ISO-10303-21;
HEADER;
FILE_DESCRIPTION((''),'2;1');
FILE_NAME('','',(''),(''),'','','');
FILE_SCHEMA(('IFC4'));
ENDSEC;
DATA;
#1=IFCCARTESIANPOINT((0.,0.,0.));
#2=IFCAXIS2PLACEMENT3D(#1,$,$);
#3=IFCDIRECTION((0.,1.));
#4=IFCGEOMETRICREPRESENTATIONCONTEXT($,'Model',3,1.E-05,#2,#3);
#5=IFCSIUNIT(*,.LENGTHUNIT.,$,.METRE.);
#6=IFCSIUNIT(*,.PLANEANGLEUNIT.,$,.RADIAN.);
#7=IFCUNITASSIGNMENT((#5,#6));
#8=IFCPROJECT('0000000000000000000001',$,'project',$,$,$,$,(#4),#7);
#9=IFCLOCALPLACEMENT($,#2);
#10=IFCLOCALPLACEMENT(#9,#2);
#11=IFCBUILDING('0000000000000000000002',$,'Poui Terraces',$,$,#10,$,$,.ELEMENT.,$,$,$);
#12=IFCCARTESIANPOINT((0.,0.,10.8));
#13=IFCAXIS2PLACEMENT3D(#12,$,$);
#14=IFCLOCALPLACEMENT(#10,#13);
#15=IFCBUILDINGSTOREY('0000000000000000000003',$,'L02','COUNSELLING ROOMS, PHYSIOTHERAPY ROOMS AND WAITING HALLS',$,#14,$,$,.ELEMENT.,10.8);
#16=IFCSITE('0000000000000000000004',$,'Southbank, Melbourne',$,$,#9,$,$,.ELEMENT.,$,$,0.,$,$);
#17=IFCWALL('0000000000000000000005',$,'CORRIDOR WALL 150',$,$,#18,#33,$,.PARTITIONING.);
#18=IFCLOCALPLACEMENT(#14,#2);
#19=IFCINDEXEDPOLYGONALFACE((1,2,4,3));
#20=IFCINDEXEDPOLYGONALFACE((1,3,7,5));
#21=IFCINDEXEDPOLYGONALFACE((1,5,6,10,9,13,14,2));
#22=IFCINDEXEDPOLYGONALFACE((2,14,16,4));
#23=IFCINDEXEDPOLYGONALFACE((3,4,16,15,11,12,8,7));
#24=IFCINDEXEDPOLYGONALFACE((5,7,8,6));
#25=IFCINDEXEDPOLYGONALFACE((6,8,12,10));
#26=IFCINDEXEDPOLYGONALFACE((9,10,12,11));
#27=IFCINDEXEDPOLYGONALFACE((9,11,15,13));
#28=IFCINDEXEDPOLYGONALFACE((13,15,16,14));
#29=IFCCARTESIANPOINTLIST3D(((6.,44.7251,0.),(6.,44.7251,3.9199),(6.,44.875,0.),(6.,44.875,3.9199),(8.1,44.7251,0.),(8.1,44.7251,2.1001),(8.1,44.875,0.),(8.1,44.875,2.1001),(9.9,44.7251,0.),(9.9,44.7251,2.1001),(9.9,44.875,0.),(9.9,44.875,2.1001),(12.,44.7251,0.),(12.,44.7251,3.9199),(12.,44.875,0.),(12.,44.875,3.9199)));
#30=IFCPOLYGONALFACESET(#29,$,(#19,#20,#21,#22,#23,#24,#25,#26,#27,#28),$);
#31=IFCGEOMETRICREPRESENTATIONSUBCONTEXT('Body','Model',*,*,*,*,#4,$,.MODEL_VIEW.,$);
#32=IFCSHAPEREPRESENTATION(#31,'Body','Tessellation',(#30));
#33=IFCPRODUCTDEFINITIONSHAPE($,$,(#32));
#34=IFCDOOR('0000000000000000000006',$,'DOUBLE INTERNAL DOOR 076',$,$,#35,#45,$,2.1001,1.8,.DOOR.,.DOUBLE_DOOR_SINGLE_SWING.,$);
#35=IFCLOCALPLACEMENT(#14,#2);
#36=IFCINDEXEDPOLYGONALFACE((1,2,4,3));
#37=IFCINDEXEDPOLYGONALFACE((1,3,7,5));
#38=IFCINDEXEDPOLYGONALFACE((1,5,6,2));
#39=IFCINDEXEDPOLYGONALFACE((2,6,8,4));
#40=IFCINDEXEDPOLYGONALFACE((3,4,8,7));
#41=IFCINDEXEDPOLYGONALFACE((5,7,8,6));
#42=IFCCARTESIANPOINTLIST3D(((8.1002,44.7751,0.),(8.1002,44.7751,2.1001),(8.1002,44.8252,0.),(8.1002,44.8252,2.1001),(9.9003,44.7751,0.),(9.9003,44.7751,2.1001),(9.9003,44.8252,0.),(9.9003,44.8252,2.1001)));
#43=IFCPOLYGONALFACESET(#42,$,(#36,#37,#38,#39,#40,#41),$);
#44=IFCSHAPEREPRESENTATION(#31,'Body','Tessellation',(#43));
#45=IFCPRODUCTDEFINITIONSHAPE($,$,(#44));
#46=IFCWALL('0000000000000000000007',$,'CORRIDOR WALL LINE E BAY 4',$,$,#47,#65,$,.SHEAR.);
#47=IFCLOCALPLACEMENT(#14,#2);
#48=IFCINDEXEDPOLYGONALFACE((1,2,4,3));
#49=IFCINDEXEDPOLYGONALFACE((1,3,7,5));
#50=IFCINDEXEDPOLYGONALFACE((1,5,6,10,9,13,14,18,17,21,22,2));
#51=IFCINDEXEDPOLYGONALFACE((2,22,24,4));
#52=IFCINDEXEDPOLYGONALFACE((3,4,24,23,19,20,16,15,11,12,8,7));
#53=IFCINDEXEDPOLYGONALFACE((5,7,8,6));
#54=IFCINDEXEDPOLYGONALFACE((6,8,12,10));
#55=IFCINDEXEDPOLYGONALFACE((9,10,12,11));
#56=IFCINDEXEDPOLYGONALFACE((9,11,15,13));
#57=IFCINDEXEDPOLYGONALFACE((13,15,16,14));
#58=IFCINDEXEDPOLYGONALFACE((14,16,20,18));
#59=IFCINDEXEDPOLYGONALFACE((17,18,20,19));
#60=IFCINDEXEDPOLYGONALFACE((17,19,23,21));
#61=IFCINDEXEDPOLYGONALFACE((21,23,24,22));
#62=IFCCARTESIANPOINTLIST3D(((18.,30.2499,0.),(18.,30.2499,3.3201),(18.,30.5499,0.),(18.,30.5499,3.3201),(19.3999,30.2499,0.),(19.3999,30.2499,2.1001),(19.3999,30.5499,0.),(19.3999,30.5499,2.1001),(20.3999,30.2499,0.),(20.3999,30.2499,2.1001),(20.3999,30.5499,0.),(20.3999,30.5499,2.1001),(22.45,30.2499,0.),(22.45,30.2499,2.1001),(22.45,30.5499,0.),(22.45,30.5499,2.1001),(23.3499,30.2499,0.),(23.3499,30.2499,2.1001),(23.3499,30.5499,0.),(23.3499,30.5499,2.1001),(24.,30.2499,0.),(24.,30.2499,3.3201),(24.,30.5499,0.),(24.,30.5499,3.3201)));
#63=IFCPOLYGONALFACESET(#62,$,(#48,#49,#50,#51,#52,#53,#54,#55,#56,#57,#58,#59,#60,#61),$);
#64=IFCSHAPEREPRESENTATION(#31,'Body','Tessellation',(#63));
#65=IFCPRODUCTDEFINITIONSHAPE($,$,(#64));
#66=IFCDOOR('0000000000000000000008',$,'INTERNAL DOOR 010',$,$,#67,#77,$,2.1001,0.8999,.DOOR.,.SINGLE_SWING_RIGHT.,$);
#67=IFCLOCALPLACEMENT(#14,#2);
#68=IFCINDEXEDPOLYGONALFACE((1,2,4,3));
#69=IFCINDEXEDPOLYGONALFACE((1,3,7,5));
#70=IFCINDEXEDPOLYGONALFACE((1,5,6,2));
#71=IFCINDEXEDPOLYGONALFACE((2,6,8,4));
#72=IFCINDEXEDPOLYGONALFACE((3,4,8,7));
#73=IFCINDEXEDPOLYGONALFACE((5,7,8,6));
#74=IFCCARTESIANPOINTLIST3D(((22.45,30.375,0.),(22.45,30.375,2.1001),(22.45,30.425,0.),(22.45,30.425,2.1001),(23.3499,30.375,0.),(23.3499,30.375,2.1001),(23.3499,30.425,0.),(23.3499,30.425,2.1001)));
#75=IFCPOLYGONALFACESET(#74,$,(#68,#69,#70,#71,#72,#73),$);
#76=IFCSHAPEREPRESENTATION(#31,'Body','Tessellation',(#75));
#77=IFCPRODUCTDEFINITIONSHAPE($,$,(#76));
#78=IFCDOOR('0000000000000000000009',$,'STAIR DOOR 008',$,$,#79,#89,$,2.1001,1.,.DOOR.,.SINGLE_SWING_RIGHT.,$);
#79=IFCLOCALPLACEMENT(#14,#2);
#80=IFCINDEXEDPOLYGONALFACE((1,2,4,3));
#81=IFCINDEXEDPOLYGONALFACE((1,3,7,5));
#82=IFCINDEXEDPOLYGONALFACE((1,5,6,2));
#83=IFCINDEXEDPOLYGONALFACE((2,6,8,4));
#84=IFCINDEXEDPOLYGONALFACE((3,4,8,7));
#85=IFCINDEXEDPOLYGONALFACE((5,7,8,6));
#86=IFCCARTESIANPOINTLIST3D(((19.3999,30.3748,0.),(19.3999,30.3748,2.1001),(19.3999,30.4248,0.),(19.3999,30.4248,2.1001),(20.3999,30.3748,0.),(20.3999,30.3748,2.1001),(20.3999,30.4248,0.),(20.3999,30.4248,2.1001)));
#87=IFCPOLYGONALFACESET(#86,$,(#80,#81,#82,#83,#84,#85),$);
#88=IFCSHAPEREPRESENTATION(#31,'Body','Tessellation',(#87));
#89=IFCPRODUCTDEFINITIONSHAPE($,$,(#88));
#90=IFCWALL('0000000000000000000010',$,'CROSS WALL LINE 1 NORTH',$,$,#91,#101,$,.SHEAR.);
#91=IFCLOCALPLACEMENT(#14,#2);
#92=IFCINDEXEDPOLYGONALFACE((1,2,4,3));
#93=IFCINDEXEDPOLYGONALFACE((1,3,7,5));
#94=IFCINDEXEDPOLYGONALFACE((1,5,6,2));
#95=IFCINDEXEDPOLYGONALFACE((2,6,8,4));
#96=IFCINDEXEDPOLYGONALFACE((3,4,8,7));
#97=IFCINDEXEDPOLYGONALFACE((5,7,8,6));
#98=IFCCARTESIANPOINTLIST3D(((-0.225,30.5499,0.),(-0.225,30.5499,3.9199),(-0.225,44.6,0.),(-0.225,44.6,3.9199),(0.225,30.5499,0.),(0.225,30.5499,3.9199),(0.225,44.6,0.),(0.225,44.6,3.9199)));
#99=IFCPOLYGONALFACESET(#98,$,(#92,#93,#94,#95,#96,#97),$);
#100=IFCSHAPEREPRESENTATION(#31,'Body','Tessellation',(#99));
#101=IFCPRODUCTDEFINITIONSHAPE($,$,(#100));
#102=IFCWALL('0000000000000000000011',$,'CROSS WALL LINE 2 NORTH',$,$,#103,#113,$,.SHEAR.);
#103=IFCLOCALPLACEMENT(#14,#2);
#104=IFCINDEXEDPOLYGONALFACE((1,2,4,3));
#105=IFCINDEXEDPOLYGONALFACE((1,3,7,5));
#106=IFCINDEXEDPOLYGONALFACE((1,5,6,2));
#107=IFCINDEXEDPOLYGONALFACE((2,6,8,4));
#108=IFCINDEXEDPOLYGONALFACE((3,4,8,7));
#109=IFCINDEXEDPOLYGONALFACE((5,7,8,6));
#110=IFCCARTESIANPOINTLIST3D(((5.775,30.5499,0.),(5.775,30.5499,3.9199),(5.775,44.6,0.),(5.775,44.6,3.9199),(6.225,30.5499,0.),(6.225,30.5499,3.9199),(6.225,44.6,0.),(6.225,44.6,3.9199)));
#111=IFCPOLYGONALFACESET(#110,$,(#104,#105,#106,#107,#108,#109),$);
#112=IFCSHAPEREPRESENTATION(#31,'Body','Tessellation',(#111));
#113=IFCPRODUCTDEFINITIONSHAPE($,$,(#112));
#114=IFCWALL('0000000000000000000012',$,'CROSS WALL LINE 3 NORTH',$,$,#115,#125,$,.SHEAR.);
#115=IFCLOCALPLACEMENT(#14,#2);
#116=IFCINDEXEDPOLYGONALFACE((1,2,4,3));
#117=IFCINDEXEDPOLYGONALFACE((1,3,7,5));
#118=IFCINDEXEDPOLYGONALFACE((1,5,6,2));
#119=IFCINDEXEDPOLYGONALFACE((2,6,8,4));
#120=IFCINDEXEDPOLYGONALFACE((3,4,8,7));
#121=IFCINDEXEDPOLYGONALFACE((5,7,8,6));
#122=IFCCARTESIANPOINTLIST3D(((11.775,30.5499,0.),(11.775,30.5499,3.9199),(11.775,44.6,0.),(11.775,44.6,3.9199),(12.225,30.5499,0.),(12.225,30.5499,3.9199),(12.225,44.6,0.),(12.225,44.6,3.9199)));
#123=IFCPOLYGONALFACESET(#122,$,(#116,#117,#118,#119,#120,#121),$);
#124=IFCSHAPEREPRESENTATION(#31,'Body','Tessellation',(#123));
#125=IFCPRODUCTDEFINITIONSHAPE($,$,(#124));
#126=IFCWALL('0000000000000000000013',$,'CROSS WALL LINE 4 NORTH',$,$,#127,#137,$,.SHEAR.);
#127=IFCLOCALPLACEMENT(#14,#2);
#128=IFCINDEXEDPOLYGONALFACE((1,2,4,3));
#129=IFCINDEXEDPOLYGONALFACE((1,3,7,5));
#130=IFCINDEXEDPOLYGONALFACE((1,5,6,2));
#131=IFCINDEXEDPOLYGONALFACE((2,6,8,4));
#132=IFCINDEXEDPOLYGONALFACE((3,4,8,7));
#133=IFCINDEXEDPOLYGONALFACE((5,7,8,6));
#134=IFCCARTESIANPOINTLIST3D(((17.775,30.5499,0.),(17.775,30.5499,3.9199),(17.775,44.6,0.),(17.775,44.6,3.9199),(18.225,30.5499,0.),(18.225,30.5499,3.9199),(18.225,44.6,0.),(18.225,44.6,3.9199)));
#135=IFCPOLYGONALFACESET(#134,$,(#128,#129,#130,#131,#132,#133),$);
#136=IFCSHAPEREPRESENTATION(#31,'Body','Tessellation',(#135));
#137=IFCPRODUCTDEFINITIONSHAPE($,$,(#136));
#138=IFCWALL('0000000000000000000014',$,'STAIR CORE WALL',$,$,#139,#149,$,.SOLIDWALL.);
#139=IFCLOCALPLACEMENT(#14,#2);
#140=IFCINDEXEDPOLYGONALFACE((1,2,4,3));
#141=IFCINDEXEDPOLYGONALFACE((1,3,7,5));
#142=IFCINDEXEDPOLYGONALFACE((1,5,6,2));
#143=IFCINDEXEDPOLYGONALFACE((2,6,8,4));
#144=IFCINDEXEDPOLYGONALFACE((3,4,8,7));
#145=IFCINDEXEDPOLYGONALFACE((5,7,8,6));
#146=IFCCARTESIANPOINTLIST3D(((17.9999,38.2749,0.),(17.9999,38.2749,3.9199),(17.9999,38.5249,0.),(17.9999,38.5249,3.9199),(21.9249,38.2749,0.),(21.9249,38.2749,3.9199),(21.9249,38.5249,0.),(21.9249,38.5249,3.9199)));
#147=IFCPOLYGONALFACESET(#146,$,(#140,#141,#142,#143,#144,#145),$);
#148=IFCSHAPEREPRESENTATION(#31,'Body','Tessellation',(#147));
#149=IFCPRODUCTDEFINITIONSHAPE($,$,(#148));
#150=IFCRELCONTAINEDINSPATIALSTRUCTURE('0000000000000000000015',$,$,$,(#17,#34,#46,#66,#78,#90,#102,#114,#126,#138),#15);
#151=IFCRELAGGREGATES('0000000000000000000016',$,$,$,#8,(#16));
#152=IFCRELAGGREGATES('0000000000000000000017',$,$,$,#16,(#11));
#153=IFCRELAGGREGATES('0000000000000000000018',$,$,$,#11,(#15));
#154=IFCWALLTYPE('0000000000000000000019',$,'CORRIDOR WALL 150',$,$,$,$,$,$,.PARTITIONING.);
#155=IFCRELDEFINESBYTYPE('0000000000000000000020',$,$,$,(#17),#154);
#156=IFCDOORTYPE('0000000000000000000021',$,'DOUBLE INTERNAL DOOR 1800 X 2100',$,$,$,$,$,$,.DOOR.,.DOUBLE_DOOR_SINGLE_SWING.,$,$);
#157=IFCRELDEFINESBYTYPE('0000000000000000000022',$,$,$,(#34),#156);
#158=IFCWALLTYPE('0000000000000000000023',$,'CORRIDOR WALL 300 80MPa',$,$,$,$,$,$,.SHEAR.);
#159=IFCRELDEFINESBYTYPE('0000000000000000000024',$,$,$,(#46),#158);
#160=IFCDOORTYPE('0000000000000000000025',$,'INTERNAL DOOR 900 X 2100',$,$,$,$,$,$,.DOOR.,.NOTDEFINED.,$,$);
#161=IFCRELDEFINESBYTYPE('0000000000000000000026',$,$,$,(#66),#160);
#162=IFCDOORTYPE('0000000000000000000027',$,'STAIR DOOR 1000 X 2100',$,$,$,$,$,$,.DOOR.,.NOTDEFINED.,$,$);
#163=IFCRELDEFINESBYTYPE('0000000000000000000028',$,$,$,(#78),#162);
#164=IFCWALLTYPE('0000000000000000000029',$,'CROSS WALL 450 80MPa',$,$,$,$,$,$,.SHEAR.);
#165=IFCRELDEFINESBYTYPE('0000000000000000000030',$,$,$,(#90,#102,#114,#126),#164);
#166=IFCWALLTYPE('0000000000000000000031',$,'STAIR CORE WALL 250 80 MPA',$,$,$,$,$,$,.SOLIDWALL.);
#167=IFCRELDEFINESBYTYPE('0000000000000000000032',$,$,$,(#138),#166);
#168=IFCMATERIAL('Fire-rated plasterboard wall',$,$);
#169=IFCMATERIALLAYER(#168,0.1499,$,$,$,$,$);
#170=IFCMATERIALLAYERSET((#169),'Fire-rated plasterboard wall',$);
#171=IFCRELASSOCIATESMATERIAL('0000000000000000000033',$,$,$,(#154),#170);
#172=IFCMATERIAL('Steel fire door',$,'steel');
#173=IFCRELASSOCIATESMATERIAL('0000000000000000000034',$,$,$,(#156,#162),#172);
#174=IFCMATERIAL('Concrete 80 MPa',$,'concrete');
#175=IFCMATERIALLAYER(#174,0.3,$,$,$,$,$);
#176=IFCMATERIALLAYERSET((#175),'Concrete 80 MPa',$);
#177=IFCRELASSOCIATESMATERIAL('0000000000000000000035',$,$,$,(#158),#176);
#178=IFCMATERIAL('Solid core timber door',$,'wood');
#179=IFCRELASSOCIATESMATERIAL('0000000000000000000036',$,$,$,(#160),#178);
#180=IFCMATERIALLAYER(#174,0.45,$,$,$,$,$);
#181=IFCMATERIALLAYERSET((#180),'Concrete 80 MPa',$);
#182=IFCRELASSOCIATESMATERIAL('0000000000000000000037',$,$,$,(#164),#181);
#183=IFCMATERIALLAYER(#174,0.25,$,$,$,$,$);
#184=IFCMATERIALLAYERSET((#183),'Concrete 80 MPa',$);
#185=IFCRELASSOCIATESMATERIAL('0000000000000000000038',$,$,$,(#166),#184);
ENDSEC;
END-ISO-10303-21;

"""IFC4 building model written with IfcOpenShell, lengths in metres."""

from ifc_helpers import new_model, si_unit, direction, frame, frame_2d, origin, place, context, subcontext, project, spatial, rectangle, extrude, material, layer, layer_set, type_object, element, fill, save


model = new_model("IFC4")

# Units and contexts
model_context = context("Model", 3, precision=1e-05, world=origin(), true_north=direction((0.0, 1.0)))
body_context = subcontext(model_context, "Body", "Model", "MODEL_VIEW")
ifc_project = project(units=[si_unit("LENGTHUNIT", "METRE"), si_unit("PLANEANGLEUNIT", "RADIAN")], contexts=[model_context])

# Site, building, storey
site_placement = place(None, origin())
site = spatial("IfcSite", under=ifc_project, at=site_placement, Name="Southbank, Melbourne", CompositionType="ELEMENT", RefElevation=0.0)
building_placement = place(site_placement, origin())
building = spatial("IfcBuilding", under=site, at=building_placement, Name="Poui Terraces", CompositionType="ELEMENT")
storey_placement = place(building_placement, frame((0.0, 0.0, 10.8)))
storey = spatial("IfcBuildingStorey", under=building, at=storey_placement, Name="L02", Description="COUNSELLING ROOMS, PHYSIOTHERAPY ROOMS AND WAITING HALLS", CompositionType="ELEMENT", Elevation=10.8)

# Shared definitions
ifc_material_1 = material(Name="Concrete 80 MPa", Category="concrete")

# Shared definitions
ifc_material_2 = material(Name="Fire-rated plasterboard wall")
ifc_layer_1 = layer(ifc_material_2, 0.1499)
ifc_layer_set_1 = layer_set([ifc_layer_1], Name="Fire-rated plasterboard wall")
wall_type_1 = type_object("IfcWallType", Name="CORRIDOR WALL 150", PredefinedType="PARTITIONING", material=ifc_layer_set_1)
ifc_material_3 = material(Name="Solid core timber door", Category="wood")

# Wall, opening, door
wall_1_placement = place(storey_placement, frame((6.0, 44.8, 0.0), z_axis=(0.0, 0.0, 1.0), x_axis=(1.0, 0.0, 0.0)))
wall_1 = element("IfcWall", 1, at=wall_1_placement, inside=storey, type_object=wall_type_1, Name="CORRIDOR WALL 150", PredefinedType="PARTITIONING", context=body_context, shape_type="SweptSolid", body=[
    extrude(rectangle(XDim=6.0, YDim=0.1499, at=frame_2d((3.0, 0.0))), origin(), (0.0, 0.0, 1.0), 3.9199),
])
opening_1_placement = place(wall_1_placement, frame((2.1001, 0.0, 0.0)))
opening_1 = element("IfcOpeningElement", 2, at=opening_1_placement, cuts=wall_1, PredefinedType="OPENING", context=body_context, shape_type="SweptSolid", body=[
    extrude(rectangle(XDim=1.8, YDim=2.1001, at=frame_2d((0.8999, 1.05))), frame((0.0, 0.085, 0.0), z_axis=(0.0, -1.0, 0.0), x_axis=(1.0, 0.0, 0.0)), (0.0, 0.0, 1.0), 0.1699),
])
ifc_material_4 = material(Name="Steel fire door", Category="steel")
door_type_1 = type_object("IfcDoorType", Name="DOUBLE INTERNAL DOOR 1800 X 2100", OperationType="DOUBLE_DOOR_SINGLE_SWING", PredefinedType="DOOR", material=ifc_material_4)
door_1_placement = place(opening_1_placement, frame((1.8, 0.0, 0.0), z_axis=(0.0, 0.0, 1.0), x_axis=(-1.0, 0.0, 0.0)))
door_1 = element("IfcDoor", 3, at=door_1_placement, inside=storey, type_object=door_type_1, Name="DOUBLE INTERNAL DOOR 076", OperationType="DOUBLE_DOOR_SINGLE_SWING", OverallHeight=2.1001, OverallWidth=1.8, PredefinedType="DOOR", context=body_context, shape_type="SweptSolid", body=[
    extrude(rectangle(XDim=1.8, YDim=2.1001, at=frame_2d((0.8999, 1.05))), frame((0.0, 0.0249, 0.0), z_axis=(0.0, -1.0, 0.0), x_axis=(1.0, 0.0, 0.0)), (0.0, 0.0, 1.0), 0.05),
])
fill(opening_1, door_1)

# Wall, openings, doors
ifc_layer_2 = layer(ifc_material_1, 0.3)
ifc_layer_set_2 = layer_set([ifc_layer_2], Name="Concrete 80 MPa")
wall_type_2 = type_object("IfcWallType", Name="CORRIDOR WALL 300 80MPa", PredefinedType="SHEAR", material=ifc_layer_set_2)
wall_2_placement = place(storey_placement, frame((18.0, 30.3999, 0.0), z_axis=(0.0, 0.0, 1.0), x_axis=(1.0, 0.0, 0.0)))
wall_2 = element("IfcWall", 4, at=wall_2_placement, inside=storey, type_object=wall_type_2, Name="CORRIDOR WALL LINE E BAY 4", PredefinedType="SHEAR", context=body_context, shape_type="SweptSolid", body=[
    extrude(rectangle(XDim=6.0, YDim=0.3, at=frame_2d((3.0, 0.0))), origin(), (0.0, 0.0, 1.0), 3.3201),
])
opening_2_placement = place(wall_2_placement, frame((1.3999, 0.0, 0.0)))
opening_2 = element("IfcOpeningElement", 5, at=opening_2_placement, cuts=wall_2, PredefinedType="OPENING", context=body_context, shape_type="SweptSolid", body=[
    extrude(rectangle(XDim=1.0, YDim=2.1001, at=frame_2d((0.5, 1.05))), frame((0.0, 0.1602, 0.0), z_axis=(0.0, -1.0, 0.0), x_axis=(1.0, 0.0, 0.0)), (0.0, 0.0, 1.0), 0.3201),
])
opening_3_placement = place(wall_2_placement, frame((4.45, 0.0, 0.0)))
opening_3 = element("IfcOpeningElement", 6, at=opening_3_placement, cuts=wall_2, PredefinedType="OPENING", context=body_context, shape_type="SweptSolid", body=[
    extrude(rectangle(XDim=0.8999, YDim=2.1001, at=frame_2d((0.45, 1.05))), frame((0.0, 0.1602, 0.0), z_axis=(0.0, -1.0, 0.0), x_axis=(1.0, 0.0, 0.0)), (0.0, 0.0, 1.0), 0.3201),
])
door_type_2 = type_object("IfcDoorType", Name="INTERNAL DOOR 900 X 2100", OperationType="NOTDEFINED", PredefinedType="DOOR", material=ifc_material_3)
door_2_placement = place(opening_3_placement, frame((0.8999, 0.0, 0.0), z_axis=(0.0, 0.0, 1.0), x_axis=(-1.0, 0.0, 0.0)))
door_2 = element("IfcDoor", 7, at=door_2_placement, inside=storey, type_object=door_type_2, Name="INTERNAL DOOR 010", OperationType="SINGLE_SWING_RIGHT", OverallHeight=2.1001, OverallWidth=0.8999, PredefinedType="DOOR", context=body_context, shape_type="SweptSolid", body=[
    extrude(rectangle(XDim=0.8999, YDim=2.1001, at=frame_2d((0.45, 1.05))), frame((0.0, 0.0249, 0.0), z_axis=(0.0, -1.0, 0.0), x_axis=(1.0, 0.0, 0.0)), (0.0, 0.0, 1.0), 0.05),
])
fill(opening_3, door_2)
door_type_3 = type_object("IfcDoorType", Name="STAIR DOOR 1000 X 2100", OperationType="NOTDEFINED", PredefinedType="DOOR", material=ifc_material_4)
door_3_placement = place(opening_2_placement, origin())
door_3 = element("IfcDoor", 8, at=door_3_placement, inside=storey, type_object=door_type_3, Name="STAIR DOOR 008", OperationType="SINGLE_SWING_RIGHT", OverallHeight=2.1001, OverallWidth=1.0, PredefinedType="DOOR", context=body_context, shape_type="SweptSolid", body=[
    extrude(rectangle(XDim=1.0, YDim=2.1001, at=frame_2d((0.5, 1.05))), frame((0.0, 0.0249, 0.0), z_axis=(0.0, -1.0, 0.0), x_axis=(1.0, 0.0, 0.0)), (0.0, 0.0, 1.0), 0.05),
])
fill(opening_2, door_3)

# Walls
ifc_layer_3 = layer(ifc_material_1, 0.45)
ifc_layer_set_3 = layer_set([ifc_layer_3], Name="Concrete 80 MPa")
wall_type_3 = type_object("IfcWallType", Name="CROSS WALL 450 80MPa", PredefinedType="SHEAR", material=ifc_layer_set_3)
for number, where, z_axis, x_axis, name in (
    (9, (0.0, 30.55, 0.0), (0.0, 0.0, 1.0), (0.0, 1.0, 0.0), "CROSS WALL LINE 1 NORTH"),
    (10, (6.0, 30.55, 0.0), (0.0, 0.0, 1.0), (0.0, 1.0, 0.0), "CROSS WALL LINE 2 NORTH"),
    (11, (12.0, 30.55, 0.0), (0.0, 0.0, 1.0), (0.0, 1.0, 0.0), "CROSS WALL LINE 3 NORTH"),
    (12, (18.0, 30.55, 0.0), (0.0, 0.0, 1.0), (0.0, 1.0, 0.0), "CROSS WALL LINE 4 NORTH"),
):
    element("IfcWall", number, at=place(storey_placement, frame(where, z_axis=z_axis, x_axis=x_axis)), inside=storey, type_object=wall_type_3, Name=name, PredefinedType="SHEAR", context=body_context, shape_type="SweptSolid", body=[
        extrude(rectangle(XDim=14.05, YDim=0.45, at=frame_2d((7.0249, 0.0))), origin(), (0.0, 0.0, 1.0), 3.9199),
    ])
ifc_layer_4 = layer(ifc_material_1, 0.25)
ifc_layer_set_4 = layer_set([ifc_layer_4], Name="Concrete 80 MPa")
wall_type_4 = type_object("IfcWallType", Name="STAIR CORE WALL 250 80 MPA", PredefinedType="SOLIDWALL", material=ifc_layer_set_4)
wall_3_placement = place(storey_placement, frame((18.0, 38.3999, 0.0), z_axis=(0.0, 0.0, 1.0), x_axis=(1.0, 0.0, 0.0)))
element("IfcWall", 13, at=wall_3_placement, inside=storey, type_object=wall_type_4, Name="STAIR CORE WALL", PredefinedType="SOLIDWALL", context=body_context, shape_type="SweptSolid", body=[
    extrude(rectangle(XDim=3.925, YDim=0.25, at=frame_2d((1.9624, 0.0))), origin(), (0.0, 0.0, 1.0), 3.9199),
])

save(model, "model.ifc")
